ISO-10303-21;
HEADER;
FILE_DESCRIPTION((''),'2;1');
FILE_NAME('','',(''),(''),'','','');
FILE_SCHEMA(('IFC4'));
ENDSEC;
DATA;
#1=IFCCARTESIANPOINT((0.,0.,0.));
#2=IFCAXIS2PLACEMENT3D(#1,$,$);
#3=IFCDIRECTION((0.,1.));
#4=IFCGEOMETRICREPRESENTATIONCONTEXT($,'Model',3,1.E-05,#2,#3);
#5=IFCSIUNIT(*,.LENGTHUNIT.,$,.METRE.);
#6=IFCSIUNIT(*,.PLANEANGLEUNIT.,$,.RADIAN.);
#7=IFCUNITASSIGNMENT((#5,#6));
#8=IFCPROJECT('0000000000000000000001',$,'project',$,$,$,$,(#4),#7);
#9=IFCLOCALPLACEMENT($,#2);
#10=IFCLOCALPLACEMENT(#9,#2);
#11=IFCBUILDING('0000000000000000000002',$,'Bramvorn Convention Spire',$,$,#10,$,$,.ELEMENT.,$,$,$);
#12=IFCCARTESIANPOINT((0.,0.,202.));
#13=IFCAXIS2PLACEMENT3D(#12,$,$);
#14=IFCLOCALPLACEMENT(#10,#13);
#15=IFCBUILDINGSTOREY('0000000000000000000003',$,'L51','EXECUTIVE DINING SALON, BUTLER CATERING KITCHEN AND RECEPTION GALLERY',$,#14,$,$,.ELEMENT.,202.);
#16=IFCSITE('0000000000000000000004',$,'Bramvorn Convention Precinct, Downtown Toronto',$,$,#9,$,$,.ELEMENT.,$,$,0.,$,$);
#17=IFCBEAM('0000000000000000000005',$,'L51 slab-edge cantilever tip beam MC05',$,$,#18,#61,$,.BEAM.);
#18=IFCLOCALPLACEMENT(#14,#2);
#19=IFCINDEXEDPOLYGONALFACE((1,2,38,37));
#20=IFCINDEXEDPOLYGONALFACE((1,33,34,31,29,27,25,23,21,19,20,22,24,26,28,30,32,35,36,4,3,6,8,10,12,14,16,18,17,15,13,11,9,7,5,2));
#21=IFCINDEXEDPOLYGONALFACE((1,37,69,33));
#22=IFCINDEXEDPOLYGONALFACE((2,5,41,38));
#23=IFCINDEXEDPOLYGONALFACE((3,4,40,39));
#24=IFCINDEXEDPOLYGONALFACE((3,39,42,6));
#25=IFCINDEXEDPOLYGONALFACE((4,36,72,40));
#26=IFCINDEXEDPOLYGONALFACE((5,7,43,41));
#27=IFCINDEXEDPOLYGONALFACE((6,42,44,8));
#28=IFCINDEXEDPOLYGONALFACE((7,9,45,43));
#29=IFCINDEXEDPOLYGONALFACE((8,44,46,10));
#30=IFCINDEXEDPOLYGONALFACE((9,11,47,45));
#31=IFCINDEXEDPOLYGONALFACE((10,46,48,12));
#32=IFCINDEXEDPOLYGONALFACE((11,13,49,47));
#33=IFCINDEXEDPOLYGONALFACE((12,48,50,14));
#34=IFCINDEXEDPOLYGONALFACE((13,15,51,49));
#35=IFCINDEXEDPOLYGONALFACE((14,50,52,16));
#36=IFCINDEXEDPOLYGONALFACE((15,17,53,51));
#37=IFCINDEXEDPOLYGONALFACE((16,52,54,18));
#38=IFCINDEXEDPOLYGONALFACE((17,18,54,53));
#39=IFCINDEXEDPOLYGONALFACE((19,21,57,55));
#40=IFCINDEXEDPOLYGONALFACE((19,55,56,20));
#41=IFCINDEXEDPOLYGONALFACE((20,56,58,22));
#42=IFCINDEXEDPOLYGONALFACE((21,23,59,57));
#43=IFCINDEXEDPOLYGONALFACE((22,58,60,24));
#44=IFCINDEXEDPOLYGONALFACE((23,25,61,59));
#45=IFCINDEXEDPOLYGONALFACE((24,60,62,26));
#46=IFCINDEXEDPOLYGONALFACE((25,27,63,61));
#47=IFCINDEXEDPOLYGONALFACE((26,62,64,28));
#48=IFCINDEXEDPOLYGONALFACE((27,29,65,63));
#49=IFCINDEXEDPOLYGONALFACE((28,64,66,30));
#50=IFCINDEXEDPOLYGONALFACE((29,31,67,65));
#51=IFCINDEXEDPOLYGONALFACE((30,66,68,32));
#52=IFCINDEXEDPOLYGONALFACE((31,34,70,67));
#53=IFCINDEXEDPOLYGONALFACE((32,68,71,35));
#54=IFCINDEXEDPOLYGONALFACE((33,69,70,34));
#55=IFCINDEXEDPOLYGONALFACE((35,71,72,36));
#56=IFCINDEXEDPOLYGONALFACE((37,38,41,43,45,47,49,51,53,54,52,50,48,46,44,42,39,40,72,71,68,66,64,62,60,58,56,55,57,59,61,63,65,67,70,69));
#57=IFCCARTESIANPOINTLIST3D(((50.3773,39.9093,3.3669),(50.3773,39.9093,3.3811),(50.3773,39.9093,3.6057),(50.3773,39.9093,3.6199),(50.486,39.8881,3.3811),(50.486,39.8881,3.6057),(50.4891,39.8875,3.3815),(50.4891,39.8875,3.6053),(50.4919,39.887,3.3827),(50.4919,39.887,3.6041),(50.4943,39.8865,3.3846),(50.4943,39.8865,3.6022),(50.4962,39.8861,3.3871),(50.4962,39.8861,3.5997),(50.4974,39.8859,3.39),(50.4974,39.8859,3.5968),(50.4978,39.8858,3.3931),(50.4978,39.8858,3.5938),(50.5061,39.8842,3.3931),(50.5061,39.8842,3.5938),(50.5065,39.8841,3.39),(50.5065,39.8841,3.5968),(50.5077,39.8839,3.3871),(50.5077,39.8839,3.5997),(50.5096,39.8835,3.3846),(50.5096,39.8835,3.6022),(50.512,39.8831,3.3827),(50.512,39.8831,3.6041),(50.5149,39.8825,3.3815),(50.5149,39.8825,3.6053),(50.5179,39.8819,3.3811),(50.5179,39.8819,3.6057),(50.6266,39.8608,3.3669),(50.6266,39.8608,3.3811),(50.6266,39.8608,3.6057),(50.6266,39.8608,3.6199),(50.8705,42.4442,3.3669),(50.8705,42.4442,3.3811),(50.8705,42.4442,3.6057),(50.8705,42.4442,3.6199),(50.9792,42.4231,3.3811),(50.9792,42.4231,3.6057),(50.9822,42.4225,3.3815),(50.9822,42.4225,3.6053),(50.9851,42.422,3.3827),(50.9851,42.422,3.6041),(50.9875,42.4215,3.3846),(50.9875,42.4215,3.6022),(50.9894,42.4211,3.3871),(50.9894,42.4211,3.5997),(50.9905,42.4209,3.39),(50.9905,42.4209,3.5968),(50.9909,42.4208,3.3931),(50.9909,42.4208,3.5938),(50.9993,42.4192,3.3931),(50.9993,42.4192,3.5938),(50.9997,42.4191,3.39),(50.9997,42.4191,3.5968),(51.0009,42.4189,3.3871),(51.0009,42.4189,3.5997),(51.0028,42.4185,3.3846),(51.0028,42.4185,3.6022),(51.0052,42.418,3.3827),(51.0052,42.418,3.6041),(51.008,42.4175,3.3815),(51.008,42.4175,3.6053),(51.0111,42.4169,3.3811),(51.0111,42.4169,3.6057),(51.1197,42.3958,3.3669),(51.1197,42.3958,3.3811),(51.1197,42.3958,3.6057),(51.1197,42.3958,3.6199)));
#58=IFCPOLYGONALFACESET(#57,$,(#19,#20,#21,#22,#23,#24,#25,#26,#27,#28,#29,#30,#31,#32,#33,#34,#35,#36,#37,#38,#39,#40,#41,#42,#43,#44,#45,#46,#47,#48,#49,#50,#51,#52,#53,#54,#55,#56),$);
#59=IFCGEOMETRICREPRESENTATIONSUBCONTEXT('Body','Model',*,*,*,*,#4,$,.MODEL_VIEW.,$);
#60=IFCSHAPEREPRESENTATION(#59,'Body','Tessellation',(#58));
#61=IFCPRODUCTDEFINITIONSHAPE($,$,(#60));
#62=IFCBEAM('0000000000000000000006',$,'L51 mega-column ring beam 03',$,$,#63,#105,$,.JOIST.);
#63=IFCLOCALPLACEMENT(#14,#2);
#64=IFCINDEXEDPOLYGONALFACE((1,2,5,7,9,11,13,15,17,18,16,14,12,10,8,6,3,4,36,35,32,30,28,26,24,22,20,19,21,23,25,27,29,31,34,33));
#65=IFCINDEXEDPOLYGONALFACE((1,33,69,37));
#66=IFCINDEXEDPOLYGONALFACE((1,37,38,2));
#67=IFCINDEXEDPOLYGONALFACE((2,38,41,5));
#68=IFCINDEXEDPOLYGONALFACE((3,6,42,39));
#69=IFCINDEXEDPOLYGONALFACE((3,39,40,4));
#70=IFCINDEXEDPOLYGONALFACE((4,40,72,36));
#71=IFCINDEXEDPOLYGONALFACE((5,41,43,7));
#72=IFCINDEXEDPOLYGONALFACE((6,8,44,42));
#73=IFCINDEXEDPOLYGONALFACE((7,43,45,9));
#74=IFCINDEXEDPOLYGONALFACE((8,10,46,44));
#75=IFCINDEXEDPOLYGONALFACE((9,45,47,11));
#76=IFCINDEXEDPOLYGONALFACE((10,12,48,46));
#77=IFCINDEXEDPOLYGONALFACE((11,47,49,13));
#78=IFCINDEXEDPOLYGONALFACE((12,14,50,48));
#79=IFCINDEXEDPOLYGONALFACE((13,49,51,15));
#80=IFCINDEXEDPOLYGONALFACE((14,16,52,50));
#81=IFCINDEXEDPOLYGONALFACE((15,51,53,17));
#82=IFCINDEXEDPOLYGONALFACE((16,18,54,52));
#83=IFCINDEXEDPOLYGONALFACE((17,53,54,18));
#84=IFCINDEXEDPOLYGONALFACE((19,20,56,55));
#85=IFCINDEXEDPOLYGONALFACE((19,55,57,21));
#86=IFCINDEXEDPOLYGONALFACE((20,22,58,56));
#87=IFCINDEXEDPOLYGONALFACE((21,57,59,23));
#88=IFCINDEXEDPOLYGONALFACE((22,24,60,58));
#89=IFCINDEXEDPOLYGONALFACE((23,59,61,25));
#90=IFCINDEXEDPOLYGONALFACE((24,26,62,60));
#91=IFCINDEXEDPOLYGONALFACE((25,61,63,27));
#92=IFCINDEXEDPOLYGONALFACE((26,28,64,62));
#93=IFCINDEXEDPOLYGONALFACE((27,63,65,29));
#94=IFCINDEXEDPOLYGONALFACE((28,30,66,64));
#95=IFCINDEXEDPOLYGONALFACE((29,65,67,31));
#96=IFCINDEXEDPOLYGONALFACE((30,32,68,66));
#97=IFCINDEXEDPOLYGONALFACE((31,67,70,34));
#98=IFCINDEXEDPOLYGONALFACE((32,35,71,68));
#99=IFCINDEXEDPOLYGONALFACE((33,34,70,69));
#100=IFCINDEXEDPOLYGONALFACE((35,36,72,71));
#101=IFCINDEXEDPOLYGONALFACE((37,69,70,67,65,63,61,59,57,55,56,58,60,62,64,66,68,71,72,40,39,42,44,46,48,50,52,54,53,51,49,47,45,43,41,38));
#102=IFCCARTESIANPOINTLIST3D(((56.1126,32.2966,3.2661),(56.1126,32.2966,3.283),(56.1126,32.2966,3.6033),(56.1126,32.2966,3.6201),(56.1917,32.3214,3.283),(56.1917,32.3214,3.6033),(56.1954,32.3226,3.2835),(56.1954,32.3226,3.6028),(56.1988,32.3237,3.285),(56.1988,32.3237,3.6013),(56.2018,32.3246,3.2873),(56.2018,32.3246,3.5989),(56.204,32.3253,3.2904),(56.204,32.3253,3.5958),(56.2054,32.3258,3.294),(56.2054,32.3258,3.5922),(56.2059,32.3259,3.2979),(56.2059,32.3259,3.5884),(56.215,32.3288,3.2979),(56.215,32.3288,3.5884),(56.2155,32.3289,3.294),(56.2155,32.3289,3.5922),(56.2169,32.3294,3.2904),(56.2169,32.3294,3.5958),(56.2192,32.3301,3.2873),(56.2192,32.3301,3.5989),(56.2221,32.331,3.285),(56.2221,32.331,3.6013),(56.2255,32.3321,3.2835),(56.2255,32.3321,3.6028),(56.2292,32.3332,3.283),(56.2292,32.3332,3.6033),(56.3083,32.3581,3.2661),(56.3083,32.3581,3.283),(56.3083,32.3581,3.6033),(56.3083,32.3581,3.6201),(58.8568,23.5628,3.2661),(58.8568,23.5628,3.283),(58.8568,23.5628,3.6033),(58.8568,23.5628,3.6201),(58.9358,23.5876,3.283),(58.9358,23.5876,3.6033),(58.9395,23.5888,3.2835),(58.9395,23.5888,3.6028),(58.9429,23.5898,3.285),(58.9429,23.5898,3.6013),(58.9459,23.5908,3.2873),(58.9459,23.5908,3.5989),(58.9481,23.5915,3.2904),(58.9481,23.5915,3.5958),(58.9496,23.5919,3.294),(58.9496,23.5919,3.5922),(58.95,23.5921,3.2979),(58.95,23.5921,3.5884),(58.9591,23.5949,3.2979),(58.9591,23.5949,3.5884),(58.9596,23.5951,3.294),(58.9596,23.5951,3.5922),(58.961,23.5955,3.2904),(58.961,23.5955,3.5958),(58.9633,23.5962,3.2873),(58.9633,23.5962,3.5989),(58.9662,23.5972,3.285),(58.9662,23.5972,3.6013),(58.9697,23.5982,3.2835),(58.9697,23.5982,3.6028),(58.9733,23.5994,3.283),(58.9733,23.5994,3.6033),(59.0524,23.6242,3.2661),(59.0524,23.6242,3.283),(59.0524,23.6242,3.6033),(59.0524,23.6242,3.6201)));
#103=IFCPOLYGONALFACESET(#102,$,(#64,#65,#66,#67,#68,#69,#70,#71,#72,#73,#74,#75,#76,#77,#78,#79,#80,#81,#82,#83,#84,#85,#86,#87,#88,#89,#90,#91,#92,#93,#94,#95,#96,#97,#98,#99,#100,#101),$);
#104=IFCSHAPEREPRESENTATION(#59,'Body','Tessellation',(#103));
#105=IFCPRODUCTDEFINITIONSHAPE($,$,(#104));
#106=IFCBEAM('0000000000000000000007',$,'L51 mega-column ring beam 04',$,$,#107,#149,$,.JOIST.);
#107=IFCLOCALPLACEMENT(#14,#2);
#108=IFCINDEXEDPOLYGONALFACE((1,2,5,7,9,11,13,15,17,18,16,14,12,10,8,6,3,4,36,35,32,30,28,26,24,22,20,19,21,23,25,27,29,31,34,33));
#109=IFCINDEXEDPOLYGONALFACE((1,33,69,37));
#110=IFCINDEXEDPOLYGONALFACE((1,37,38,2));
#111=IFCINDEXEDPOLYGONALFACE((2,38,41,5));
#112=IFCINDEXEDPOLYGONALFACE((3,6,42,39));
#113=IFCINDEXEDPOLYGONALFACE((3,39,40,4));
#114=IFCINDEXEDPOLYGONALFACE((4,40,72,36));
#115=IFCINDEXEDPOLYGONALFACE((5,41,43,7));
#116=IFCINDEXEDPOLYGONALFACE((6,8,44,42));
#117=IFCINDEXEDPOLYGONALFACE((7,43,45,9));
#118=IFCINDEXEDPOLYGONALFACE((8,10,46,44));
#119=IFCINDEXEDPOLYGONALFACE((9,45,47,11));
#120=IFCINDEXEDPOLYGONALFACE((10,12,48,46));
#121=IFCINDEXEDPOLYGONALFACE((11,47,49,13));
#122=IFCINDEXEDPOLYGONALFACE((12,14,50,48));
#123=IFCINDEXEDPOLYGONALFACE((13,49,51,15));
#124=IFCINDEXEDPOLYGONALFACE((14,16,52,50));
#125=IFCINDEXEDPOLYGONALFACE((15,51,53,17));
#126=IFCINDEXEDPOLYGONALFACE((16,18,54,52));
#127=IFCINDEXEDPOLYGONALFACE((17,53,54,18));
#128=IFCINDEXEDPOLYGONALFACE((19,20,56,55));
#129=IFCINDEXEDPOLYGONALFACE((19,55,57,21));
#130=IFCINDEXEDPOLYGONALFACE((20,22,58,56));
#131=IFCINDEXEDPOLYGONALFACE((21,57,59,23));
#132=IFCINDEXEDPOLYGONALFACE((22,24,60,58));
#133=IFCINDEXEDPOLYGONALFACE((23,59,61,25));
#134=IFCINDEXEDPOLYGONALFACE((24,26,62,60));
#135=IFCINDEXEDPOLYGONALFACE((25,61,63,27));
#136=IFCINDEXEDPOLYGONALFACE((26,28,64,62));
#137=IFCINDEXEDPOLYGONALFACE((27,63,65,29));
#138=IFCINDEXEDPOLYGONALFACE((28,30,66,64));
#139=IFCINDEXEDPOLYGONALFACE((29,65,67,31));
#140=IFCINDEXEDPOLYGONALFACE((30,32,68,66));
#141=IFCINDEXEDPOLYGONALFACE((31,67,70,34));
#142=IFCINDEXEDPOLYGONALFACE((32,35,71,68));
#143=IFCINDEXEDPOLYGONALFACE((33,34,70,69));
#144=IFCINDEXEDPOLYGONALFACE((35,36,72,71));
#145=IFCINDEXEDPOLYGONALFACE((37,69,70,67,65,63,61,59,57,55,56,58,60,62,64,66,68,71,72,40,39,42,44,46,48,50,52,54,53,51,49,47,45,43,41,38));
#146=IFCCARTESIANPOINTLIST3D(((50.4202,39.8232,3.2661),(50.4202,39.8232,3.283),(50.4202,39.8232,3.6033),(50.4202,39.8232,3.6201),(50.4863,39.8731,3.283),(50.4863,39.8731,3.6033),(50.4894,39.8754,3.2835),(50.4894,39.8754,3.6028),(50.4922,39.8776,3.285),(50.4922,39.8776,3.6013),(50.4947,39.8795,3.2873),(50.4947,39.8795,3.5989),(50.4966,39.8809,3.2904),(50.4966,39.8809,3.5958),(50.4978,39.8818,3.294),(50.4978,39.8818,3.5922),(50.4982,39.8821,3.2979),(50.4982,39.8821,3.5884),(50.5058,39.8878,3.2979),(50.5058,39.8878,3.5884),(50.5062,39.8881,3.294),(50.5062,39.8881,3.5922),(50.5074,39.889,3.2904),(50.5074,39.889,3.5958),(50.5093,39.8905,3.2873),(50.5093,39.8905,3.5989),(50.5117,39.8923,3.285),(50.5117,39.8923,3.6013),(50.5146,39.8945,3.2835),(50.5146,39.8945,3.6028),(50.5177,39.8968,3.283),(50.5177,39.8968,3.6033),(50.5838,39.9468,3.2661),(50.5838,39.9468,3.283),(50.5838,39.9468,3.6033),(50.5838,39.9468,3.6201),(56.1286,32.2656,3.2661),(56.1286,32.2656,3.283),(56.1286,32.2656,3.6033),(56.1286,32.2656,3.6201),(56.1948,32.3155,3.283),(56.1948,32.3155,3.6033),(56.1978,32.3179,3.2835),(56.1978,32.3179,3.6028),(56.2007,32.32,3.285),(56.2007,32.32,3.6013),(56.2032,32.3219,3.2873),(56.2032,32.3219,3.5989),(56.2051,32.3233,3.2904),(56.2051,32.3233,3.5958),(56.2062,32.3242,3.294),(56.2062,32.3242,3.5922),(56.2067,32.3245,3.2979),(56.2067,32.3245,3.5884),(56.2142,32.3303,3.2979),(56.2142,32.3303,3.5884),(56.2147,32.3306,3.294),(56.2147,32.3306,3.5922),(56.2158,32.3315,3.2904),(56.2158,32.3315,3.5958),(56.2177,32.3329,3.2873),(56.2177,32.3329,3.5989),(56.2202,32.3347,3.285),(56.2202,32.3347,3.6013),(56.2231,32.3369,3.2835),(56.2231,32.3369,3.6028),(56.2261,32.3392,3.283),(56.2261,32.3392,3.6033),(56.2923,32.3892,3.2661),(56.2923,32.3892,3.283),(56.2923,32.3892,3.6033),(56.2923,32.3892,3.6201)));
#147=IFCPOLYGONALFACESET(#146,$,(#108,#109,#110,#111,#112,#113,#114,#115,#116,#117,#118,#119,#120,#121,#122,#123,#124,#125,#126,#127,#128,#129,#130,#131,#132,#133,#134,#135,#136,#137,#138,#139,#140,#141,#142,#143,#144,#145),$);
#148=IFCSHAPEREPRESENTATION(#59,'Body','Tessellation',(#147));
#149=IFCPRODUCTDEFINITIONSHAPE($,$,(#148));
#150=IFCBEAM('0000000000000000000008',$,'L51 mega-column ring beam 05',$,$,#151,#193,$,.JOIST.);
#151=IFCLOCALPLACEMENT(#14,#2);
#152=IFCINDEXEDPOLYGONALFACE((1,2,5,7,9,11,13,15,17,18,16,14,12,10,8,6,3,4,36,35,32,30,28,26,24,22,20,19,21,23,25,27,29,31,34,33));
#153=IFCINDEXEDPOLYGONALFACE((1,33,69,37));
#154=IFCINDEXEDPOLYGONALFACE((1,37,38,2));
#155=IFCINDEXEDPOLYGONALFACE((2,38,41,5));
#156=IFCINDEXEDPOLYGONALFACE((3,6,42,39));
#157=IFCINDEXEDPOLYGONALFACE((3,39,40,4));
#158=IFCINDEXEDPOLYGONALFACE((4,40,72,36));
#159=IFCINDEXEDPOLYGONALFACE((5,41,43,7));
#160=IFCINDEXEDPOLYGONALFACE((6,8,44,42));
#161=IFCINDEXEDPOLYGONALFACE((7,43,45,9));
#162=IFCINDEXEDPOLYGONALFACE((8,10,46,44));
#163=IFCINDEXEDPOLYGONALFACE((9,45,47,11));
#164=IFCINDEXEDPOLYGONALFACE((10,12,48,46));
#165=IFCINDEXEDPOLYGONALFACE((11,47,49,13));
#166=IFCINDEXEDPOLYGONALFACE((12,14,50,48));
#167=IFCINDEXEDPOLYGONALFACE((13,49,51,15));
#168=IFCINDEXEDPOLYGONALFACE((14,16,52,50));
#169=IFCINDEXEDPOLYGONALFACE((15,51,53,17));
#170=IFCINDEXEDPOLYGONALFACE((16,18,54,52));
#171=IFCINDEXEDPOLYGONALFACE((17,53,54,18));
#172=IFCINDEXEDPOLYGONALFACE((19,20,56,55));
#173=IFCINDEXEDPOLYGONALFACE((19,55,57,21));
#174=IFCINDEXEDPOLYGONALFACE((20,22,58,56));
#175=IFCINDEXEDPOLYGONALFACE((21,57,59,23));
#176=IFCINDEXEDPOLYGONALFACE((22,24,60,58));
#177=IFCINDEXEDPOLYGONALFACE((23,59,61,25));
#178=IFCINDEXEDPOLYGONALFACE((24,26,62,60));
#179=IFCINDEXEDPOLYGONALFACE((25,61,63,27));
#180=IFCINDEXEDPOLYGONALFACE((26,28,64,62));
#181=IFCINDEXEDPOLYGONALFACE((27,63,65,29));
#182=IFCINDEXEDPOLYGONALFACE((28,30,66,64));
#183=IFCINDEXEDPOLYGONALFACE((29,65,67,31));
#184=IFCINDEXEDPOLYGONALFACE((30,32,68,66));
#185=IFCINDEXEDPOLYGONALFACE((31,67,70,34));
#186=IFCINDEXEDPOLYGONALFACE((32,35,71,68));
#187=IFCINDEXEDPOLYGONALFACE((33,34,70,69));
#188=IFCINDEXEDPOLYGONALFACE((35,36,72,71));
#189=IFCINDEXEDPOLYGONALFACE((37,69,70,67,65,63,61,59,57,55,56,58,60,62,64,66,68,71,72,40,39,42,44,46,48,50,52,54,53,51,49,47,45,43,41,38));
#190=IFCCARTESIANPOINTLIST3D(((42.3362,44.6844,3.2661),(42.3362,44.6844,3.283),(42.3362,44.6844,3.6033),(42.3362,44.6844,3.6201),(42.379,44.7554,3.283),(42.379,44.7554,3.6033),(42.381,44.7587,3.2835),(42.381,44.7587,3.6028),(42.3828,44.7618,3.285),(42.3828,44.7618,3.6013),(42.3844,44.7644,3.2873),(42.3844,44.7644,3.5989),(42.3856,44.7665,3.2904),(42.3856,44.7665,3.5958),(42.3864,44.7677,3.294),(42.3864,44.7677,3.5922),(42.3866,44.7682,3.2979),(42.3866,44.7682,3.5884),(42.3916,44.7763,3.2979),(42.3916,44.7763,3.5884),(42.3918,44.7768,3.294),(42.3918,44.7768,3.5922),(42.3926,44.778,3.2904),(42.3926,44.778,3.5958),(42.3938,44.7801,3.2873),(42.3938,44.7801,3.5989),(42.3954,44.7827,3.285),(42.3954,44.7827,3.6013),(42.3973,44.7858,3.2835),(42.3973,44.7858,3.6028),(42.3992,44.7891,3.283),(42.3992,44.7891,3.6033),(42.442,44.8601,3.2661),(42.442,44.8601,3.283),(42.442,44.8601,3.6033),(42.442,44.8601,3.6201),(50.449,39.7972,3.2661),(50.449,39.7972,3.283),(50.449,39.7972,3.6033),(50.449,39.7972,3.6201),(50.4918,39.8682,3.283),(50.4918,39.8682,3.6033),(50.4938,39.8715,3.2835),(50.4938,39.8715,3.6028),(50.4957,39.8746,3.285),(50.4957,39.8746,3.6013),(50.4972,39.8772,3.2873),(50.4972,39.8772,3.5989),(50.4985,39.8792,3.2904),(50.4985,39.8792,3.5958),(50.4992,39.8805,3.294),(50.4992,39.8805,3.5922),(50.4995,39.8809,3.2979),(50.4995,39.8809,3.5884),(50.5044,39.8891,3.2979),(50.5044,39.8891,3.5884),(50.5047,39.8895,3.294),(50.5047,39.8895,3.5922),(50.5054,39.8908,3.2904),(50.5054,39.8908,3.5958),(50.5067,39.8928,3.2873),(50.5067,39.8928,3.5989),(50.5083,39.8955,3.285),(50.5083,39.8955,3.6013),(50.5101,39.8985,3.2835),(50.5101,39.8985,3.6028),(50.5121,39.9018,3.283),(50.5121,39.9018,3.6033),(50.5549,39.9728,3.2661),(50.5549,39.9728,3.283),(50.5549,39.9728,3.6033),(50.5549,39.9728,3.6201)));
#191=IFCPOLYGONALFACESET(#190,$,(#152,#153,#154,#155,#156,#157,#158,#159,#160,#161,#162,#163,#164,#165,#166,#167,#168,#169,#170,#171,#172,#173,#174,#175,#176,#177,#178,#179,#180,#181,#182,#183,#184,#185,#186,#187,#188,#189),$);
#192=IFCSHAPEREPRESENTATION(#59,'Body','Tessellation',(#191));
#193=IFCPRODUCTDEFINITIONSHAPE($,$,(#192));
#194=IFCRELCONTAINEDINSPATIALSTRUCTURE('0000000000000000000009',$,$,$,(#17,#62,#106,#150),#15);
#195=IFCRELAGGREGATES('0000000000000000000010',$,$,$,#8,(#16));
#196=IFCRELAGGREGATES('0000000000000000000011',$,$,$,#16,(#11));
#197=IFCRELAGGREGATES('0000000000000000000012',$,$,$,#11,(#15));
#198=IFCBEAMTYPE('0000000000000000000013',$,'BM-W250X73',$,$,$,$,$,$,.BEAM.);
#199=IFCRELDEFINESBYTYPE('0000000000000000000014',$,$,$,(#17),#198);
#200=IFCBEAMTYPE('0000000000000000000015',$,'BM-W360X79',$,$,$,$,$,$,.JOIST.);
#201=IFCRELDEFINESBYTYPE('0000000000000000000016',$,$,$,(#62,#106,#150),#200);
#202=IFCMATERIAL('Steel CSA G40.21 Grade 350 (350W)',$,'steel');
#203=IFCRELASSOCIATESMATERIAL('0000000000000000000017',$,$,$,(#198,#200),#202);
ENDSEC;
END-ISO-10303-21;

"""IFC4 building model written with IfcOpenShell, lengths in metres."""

from ifc_helpers import new_model, si_unit, direction, frame, origin, origin_2d, place, context, subcontext, project, spatial, i_section, extrude, material, material_profile, profile_set, type_object, element, save


model = new_model("IFC4")

# Units and contexts
model_context = context("Model", 3, precision=1e-05, world=origin(), true_north=direction((0.0, 1.0)))
body_context = subcontext(model_context, "Body", "Model", "MODEL_VIEW")
ifc_project = project(units=[si_unit("LENGTHUNIT", "METRE"), si_unit("PLANEANGLEUNIT", "RADIAN")], contexts=[model_context])

# Site, building, storey
site_placement = place(None, origin())
site = spatial("IfcSite", under=ifc_project, at=site_placement, Name="Bramvorn Convention Precinct, Downtown Toronto", CompositionType="ELEMENT", RefElevation=0.0)
building_placement = place(site_placement, origin())
building = spatial("IfcBuilding", under=site, at=building_placement, Name="Bramvorn Convention Spire", CompositionType="ELEMENT")
storey_placement = place(building_placement, frame((0.0, 0.0, 202.0)))
storey = spatial("IfcBuildingStorey", under=building, at=storey_placement, Name="L51", Description="EXECUTIVE DINING SALON, BUTLER CATERING KITCHEN AND RECEPTION GALLERY", CompositionType="ELEMENT", Elevation=202.0)

# Shared definitions
ifc_material_1 = material(Name="Steel CSA G40.21 Grade 350 (350W)", Category="steel")

# Beams
ifc_material_profile_1 = material_profile(ifc_material_1, i_section(OverallWidth=0.2539, OverallDepth=0.2529, WebThickness=0.0085, FlangeThickness=0.0142, FilletRadius=0.012, at=origin_2d()))
ifc_profile_set_1 = profile_set([ifc_material_profile_1], Name="Steel CSA G40.21 Grade 350 (350W) - W250X73")
beam_type_1 = type_object("IfcBeamType", Name="BM-W250X73", PredefinedType="BEAM", material=ifc_profile_set_1)
beam_1_placement = place(storey_placement, frame((50.502, 39.885, 3.4934), z_axis=(0.190968, 0.981596, 0.0), x_axis=(-0.981596, 0.190968, 0.0)))
element("IfcBeam", 1, at=beam_1_placement, inside=storey, type_object=beam_type_1, Name="L51 slab-edge cantilever tip beam MC05", PredefinedType="BEAM", context=body_context, shape_type="SweptSolid", body=[
    extrude(i_section(OverallWidth=0.2539, OverallDepth=0.2529, WebThickness=0.0085, FlangeThickness=0.0142, FilletRadius=0.012, at=origin_2d()), origin(), (0.0, 0.0, 1.0), 2.5825),
])
ifc_material_profile_2 = material_profile(ifc_material_1, i_section(OverallWidth=0.2051, OverallDepth=0.354, WebThickness=0.0095, FlangeThickness=0.0168, FilletRadius=0.0149, at=origin_2d()))
ifc_profile_set_2 = profile_set([ifc_material_profile_2], Name="Steel CSA G40.21 Grade 350 (350W) - W360X79")
beam_type_2 = type_object("IfcBeamType", Name="BM-W360X79", PredefinedType="JOIST", material=ifc_profile_set_2)
beam_2_placement = place(storey_placement, frame((58.9546, 23.5935, 3.4431), z_axis=(-0.299748, 0.954019, 0.0), x_axis=(-0.954019, -0.299748, 0.0)))
element("IfcBeam", 2, at=beam_2_placement, inside=storey, type_object=beam_type_2, Name="L51 mega-column ring beam 03", PredefinedType="JOIST", context=body_context, shape_type="SweptSolid", body=[
    extrude(i_section(OverallWidth=0.2051, OverallDepth=0.354, WebThickness=0.0095, FlangeThickness=0.0168, FilletRadius=0.0149, at=origin_2d()), origin(), (0.0, 0.0, 1.0), 9.1548),
])
for number, where, z_axis, x_axis, name in (
    (3, (56.2104, 32.3274, 3.4431), (-0.602719, 0.797954, 0.0), (-0.797954, -0.602719, 0.0), "L51 mega-column ring beam 04"),
    (4, (50.502, 39.885, 3.4431), (-0.856582, 0.516011, 0.0), (-0.516011, -0.856582, 0.0), "L51 mega-column ring beam 05"),
):
    element("IfcBeam", number, at=place(storey_placement, frame(where, z_axis=z_axis, x_axis=x_axis)), inside=storey, type_object=beam_type_2, Name=name, PredefinedType="JOIST", context=body_context, shape_type="SweptSolid", body=[
        extrude(i_section(OverallWidth=0.2051, OverallDepth=0.354, WebThickness=0.0095, FlangeThickness=0.0168, FilletRadius=0.0149, at=origin_2d()), origin(), (0.0, 0.0, 1.0), 9.4712),
    ])

save(model, "model.ifc")
